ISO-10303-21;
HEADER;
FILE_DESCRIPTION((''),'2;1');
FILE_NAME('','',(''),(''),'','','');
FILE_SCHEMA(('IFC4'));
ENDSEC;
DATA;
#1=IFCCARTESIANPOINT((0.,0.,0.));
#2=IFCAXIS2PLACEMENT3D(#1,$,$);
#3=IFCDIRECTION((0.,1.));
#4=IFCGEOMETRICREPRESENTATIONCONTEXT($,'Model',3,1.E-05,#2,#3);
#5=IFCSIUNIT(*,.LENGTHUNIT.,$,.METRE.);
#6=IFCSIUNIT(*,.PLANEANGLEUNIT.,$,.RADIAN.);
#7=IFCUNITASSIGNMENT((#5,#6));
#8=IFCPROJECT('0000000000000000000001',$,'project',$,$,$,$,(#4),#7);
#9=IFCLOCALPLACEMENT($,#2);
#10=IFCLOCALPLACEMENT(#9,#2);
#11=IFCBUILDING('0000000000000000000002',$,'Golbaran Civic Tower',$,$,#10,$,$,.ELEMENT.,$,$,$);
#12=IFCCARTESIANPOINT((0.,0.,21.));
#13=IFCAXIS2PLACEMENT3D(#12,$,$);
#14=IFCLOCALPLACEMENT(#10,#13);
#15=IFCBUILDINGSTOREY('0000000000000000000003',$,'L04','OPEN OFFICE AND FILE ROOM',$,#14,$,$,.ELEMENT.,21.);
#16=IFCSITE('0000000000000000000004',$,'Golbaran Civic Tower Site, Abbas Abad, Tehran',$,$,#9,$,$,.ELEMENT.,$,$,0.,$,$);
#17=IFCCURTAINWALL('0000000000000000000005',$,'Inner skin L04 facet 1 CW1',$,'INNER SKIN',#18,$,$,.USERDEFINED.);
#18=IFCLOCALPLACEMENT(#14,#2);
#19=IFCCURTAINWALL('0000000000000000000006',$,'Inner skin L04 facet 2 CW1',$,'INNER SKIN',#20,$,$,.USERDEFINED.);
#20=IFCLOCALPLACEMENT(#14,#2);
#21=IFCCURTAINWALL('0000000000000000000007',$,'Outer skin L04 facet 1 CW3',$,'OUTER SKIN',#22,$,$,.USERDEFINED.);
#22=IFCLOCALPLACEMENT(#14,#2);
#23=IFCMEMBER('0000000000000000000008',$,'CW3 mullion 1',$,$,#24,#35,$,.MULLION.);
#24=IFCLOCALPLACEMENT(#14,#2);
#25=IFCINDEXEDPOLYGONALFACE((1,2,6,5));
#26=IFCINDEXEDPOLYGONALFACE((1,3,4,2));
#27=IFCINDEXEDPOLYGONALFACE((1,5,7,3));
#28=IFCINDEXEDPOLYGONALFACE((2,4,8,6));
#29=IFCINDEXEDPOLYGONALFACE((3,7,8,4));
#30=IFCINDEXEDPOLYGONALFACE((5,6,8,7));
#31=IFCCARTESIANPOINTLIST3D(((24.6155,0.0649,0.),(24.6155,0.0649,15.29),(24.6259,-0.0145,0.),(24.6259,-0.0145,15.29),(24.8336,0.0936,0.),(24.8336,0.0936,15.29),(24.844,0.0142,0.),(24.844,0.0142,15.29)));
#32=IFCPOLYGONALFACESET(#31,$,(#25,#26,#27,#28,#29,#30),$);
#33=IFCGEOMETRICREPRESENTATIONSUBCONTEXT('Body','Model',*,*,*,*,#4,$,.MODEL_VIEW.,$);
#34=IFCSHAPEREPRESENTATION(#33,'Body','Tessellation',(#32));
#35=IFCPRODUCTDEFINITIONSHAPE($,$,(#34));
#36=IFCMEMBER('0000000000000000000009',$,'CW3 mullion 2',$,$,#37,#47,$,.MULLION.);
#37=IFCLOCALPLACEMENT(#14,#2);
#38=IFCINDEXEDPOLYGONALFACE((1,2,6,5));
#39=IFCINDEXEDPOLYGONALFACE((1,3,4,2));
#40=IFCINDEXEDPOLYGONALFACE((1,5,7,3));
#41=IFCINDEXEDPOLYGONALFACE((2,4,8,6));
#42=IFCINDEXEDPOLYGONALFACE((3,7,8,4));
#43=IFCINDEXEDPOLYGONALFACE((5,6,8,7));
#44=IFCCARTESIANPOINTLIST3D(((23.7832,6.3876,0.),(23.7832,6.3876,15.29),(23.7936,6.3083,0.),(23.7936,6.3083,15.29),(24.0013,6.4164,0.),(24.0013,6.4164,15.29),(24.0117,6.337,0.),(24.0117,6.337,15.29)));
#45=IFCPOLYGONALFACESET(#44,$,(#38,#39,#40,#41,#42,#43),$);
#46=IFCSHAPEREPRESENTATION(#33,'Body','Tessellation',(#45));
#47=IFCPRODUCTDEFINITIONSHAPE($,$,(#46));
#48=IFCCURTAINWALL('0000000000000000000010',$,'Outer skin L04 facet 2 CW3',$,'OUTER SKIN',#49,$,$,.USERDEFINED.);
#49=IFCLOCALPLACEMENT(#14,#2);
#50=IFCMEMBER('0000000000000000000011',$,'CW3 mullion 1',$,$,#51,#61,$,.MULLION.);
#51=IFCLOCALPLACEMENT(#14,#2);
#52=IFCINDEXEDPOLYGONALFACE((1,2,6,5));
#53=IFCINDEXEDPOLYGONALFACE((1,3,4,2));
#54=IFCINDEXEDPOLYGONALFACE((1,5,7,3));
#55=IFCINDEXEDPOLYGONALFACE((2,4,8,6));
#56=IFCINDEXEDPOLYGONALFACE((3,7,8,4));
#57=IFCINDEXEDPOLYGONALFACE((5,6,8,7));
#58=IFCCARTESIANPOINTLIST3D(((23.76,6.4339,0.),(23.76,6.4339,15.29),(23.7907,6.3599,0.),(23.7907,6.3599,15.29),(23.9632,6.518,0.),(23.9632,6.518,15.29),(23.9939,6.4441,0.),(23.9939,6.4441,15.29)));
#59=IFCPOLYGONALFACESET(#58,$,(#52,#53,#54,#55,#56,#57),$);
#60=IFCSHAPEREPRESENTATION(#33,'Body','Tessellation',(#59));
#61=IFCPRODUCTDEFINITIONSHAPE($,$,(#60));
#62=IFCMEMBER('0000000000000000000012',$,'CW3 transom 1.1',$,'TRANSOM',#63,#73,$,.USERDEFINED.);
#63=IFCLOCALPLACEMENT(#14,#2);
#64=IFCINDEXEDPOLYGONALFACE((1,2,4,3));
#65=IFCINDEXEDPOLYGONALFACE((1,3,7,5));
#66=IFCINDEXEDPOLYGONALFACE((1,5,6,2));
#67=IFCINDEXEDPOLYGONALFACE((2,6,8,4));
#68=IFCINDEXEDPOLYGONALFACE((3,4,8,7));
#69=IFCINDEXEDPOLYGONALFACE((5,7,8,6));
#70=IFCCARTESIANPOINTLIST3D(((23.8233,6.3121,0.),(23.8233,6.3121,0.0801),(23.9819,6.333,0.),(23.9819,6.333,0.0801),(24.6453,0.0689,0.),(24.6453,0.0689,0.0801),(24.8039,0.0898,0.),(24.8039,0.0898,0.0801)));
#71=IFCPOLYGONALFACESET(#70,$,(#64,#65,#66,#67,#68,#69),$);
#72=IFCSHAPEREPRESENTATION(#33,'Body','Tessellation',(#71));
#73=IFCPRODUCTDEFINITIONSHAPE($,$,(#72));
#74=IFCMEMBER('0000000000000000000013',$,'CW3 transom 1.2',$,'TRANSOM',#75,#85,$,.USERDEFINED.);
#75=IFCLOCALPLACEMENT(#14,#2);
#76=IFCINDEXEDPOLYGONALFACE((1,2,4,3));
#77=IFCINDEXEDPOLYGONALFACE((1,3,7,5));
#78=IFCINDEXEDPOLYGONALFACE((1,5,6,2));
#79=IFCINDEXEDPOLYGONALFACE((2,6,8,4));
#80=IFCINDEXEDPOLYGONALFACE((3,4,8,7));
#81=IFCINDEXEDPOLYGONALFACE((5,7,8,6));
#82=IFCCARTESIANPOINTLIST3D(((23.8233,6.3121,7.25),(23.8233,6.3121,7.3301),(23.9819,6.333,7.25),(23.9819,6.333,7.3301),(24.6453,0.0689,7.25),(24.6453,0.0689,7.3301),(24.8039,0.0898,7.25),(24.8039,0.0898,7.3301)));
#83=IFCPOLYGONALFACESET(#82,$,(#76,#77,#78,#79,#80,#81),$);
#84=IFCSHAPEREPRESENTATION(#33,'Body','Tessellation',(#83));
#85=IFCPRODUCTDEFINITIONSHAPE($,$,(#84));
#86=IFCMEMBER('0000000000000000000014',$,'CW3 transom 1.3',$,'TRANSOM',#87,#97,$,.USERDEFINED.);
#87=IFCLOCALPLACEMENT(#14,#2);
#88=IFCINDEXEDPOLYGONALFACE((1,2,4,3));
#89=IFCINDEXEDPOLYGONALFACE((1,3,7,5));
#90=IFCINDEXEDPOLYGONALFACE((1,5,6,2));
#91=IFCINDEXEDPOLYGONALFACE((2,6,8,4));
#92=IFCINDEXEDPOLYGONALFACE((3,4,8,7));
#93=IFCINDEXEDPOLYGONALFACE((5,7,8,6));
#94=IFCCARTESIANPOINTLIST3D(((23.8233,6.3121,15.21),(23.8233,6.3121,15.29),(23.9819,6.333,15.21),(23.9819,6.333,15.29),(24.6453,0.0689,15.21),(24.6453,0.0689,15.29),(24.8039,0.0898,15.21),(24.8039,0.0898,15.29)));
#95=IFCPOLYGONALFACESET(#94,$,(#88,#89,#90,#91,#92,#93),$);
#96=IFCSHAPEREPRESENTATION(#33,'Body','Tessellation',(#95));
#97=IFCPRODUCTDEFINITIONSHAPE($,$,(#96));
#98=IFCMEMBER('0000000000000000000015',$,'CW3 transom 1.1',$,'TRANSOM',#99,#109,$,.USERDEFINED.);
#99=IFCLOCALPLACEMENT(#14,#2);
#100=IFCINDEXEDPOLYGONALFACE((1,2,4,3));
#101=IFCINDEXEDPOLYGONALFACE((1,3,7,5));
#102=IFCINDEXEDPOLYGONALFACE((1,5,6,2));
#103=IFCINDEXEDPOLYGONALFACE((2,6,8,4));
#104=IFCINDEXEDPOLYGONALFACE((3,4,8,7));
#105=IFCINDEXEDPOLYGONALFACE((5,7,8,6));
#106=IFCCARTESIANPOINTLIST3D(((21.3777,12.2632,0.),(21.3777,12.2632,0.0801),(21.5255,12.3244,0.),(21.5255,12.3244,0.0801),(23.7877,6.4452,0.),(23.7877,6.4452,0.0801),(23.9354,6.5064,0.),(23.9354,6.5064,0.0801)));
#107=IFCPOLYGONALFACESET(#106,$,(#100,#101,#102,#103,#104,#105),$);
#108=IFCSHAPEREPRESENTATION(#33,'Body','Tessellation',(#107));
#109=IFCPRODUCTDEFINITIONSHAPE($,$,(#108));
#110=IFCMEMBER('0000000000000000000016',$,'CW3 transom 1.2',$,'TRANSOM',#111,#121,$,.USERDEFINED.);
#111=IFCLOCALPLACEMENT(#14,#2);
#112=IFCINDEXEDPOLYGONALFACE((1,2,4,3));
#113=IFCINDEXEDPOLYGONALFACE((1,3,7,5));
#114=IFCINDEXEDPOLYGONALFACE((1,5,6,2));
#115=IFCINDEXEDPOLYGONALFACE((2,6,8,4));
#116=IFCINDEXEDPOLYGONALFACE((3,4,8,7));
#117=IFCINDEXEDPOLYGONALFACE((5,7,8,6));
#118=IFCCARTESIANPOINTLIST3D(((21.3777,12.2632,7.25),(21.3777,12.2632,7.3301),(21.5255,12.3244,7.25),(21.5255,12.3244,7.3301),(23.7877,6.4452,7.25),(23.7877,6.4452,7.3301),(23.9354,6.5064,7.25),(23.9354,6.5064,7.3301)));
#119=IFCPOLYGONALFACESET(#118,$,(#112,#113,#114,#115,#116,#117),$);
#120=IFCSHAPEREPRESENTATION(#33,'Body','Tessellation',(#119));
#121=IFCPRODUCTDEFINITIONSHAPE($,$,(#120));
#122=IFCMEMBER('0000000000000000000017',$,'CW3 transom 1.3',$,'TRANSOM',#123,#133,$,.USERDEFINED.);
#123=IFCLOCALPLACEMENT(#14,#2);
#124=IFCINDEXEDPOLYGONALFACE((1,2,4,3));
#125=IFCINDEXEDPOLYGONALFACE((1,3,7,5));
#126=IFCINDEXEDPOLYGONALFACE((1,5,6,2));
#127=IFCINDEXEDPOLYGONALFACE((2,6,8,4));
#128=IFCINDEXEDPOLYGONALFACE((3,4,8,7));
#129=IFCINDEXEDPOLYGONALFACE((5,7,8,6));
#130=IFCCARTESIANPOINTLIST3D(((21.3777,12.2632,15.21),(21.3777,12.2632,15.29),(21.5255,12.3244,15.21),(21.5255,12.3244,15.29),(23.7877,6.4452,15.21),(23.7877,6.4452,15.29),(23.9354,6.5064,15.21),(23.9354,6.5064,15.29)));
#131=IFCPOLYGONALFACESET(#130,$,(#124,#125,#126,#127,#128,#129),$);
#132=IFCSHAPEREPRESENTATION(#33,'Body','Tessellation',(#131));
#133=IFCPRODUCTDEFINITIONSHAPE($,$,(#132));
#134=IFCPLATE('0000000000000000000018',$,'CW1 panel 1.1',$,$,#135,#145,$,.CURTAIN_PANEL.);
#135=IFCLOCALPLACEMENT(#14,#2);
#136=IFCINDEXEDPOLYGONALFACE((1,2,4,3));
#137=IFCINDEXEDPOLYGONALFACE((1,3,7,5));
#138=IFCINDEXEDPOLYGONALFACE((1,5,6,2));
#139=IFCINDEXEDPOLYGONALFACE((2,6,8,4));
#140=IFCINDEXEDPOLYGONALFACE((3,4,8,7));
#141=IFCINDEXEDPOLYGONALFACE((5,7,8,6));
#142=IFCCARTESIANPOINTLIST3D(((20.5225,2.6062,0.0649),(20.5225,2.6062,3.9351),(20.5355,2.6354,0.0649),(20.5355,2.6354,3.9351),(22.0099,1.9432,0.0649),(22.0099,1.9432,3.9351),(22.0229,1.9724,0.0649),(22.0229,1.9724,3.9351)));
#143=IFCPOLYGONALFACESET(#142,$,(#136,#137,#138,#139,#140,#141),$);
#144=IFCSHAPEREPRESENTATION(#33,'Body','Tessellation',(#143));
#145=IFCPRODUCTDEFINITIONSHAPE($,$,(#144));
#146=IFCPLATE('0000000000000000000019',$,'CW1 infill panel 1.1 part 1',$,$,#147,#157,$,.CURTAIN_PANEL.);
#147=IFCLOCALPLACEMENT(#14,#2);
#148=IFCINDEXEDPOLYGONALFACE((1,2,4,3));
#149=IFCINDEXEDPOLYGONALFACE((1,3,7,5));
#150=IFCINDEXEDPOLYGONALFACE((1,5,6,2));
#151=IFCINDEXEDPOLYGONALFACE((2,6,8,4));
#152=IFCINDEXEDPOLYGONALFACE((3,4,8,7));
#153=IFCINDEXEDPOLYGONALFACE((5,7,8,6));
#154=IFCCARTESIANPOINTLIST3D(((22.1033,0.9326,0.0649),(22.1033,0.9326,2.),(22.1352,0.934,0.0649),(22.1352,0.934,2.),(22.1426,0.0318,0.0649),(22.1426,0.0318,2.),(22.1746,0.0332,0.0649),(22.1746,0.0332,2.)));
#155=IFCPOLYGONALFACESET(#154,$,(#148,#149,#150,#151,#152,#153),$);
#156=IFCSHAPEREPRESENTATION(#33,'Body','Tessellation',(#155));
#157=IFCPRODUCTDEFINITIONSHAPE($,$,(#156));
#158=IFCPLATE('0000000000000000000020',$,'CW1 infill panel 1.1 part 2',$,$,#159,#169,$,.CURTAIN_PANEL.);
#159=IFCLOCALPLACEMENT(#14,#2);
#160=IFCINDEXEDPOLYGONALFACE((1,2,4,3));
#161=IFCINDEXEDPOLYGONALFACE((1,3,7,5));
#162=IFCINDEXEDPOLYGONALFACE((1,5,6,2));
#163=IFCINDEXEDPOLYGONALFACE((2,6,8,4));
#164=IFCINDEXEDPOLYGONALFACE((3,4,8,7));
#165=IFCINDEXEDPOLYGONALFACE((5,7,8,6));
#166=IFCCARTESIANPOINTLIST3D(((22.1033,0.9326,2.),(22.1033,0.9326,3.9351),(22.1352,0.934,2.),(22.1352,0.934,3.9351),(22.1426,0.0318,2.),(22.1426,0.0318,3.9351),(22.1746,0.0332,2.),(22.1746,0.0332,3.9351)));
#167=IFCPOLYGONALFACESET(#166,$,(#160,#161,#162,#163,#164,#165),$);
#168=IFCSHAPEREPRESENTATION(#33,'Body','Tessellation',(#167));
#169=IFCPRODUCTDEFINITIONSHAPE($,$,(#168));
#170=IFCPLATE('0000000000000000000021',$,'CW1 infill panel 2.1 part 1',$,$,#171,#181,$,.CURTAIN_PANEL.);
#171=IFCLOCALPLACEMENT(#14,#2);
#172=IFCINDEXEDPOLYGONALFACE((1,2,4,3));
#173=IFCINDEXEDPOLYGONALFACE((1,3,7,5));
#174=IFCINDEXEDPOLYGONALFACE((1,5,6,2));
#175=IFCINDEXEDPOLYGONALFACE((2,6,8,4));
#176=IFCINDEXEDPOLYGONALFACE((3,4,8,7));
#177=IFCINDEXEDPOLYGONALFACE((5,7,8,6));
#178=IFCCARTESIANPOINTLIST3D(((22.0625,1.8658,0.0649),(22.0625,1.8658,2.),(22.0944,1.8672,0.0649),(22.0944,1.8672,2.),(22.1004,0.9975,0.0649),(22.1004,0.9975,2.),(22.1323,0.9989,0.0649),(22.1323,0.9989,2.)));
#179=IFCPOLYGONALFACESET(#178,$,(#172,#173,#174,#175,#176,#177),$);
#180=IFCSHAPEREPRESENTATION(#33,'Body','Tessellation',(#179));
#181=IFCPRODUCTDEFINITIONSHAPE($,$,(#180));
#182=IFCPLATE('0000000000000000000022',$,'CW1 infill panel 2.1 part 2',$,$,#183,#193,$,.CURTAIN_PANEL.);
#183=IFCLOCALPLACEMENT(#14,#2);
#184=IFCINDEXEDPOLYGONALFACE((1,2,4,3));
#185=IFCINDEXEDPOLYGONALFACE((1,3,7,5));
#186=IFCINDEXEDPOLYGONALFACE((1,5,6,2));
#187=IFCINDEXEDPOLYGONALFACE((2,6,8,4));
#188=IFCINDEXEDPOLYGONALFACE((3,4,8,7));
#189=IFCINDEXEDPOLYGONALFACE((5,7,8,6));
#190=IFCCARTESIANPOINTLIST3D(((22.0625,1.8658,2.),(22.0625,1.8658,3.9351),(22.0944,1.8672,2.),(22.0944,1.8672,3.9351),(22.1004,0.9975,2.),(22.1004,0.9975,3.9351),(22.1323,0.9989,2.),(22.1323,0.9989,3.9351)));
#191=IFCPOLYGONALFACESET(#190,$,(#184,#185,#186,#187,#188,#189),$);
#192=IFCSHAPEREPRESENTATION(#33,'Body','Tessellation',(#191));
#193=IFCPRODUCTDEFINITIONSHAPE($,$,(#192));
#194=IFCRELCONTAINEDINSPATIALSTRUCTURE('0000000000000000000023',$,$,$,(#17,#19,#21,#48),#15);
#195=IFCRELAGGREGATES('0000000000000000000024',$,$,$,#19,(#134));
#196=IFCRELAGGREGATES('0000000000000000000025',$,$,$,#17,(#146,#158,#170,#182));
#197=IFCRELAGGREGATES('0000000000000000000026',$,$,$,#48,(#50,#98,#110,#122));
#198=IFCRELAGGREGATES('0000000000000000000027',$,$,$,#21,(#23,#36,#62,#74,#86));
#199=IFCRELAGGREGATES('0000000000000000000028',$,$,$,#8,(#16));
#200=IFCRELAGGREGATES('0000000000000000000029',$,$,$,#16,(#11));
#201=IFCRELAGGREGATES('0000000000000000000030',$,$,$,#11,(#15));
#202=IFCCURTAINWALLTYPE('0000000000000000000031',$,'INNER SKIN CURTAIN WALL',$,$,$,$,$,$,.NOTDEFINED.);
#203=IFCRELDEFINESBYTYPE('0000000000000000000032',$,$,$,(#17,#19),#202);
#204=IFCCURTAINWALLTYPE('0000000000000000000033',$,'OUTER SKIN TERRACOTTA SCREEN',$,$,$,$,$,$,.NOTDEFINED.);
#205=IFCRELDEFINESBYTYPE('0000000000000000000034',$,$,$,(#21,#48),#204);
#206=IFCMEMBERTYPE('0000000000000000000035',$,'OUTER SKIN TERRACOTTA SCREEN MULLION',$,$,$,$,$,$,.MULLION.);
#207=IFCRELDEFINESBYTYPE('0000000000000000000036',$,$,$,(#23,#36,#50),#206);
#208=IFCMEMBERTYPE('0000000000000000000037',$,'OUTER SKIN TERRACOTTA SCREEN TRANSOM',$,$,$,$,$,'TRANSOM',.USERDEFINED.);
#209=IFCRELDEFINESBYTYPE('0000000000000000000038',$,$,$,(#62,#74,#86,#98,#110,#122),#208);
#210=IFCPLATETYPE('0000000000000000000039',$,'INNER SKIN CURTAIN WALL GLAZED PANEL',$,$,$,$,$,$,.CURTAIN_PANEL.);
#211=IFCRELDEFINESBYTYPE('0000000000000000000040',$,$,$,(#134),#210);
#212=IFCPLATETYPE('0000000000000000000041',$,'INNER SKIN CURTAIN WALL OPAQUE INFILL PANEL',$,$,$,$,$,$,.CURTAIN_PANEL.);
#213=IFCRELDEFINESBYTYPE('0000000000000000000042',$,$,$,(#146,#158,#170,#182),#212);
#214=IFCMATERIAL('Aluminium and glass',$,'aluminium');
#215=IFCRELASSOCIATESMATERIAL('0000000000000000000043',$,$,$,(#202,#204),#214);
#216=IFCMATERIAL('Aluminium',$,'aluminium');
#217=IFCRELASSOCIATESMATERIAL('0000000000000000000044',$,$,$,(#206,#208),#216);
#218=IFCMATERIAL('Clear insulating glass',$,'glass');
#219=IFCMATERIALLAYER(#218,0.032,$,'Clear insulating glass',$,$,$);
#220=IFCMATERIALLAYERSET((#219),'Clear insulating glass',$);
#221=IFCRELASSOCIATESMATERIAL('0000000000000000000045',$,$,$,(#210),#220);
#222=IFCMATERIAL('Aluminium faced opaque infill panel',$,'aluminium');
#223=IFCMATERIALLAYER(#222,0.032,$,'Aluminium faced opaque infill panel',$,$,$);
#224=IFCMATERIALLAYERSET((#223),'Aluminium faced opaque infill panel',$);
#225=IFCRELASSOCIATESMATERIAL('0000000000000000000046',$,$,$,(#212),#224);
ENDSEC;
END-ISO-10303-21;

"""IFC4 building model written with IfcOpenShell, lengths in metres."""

from ifc_helpers import new_model, si_unit, direction, frame, origin, origin_2d, place, context, subcontext, project, spatial, rectangle, extrude, material, layer, layer_set, material_profile, profile_set, type_object, element, aggregate, save


model = new_model("IFC4")

# Units and contexts
model_context = context("Model", 3, precision=1e-05, world=origin(), true_north=direction((0.0, 1.0)))
body_context = subcontext(model_context, "Body", "Model", "MODEL_VIEW")
ifc_project = project(units=[si_unit("LENGTHUNIT", "METRE"), si_unit("PLANEANGLEUNIT", "RADIAN")], contexts=[model_context])

# Site, building, storey
site_placement = place(None, origin())
site = spatial("IfcSite", under=ifc_project, at=site_placement, Name="Golbaran Civic Tower Site, Abbas Abad, Tehran", CompositionType="ELEMENT", RefElevation=0.0)
building_placement = place(site_placement, origin())
building = spatial("IfcBuilding", under=site, at=building_placement, Name="Golbaran Civic Tower", CompositionType="ELEMENT")
storey_placement = place(building_placement, frame((0.0, 0.0, 21.0)))
storey = spatial("IfcBuildingStorey", under=building, at=storey_placement, Name="L04", Description="OPEN OFFICE AND FILE ROOM", CompositionType="ELEMENT", Elevation=21.0)

# Curtain wall
ifc_material_1 = material(Name="Aluminium and glass", Category="aluminium")
curtain_wall_type_1 = type_object("IfcCurtainWallType", Name="INNER SKIN CURTAIN WALL", PredefinedType="NOTDEFINED", material=ifc_material_1)
curtain_wall_1_placement = place(storey_placement, origin())
curtain_wall_1 = element("IfcCurtainWall", 1, at=curtain_wall_1_placement, inside=storey, type_object=curtain_wall_type_1, Name="Inner skin L04 facet 1 CW1", ObjectType="INNER SKIN", PredefinedType="USERDEFINED")
ifc_material_2 = material(Name="Aluminium", Category="aluminium")

# Curtain wall
curtain_wall_2_placement = place(storey_placement, origin())
curtain_wall_2 = element("IfcCurtainWall", 2, at=curtain_wall_2_placement, inside=storey, type_object=curtain_wall_type_1, Name="Inner skin L04 facet 2 CW1", ObjectType="INNER SKIN", PredefinedType="USERDEFINED")

# Curtain wall, members
curtain_wall_type_2 = type_object("IfcCurtainWallType", Name="OUTER SKIN TERRACOTTA SCREEN", PredefinedType="NOTDEFINED", material=ifc_material_1)
curtain_wall_3_placement = place(storey_placement, origin())
curtain_wall_3 = element("IfcCurtainWall", 3, at=curtain_wall_3_placement, inside=storey, type_object=curtain_wall_type_2, Name="Outer skin L04 facet 1 CW3", ObjectType="OUTER SKIN", PredefinedType="USERDEFINED")
ifc_material_profile_1 = material_profile(ifc_material_2, rectangle(XDim=0.22, YDim=0.0801, at=origin_2d()), Name="OUTER SKIN TERRACOTTA SCREEN MULLION")
ifc_profile_set_1 = profile_set([ifc_material_profile_1], Name="Aluminium")
member_type_1 = type_object("IfcMemberType", Name="OUTER SKIN TERRACOTTA SCREEN MULLION", PredefinedType="MULLION", material=ifc_profile_set_1)
member_1_placement = place(storey_placement, frame((24.7297, 0.0396, 0.0), z_axis=(0.0, 0.0, 1.0), x_axis=(-0.991445, -0.130526, 0.0)))
member_1 = element("IfcMember", 4, at=member_1_placement, type_object=member_type_1, Name="CW3 mullion 1", PredefinedType="MULLION", context=body_context, shape_type="SweptSolid", body=[
    extrude(rectangle(XDim=0.22, YDim=0.0801, at=origin_2d()), origin(), (0.0, 0.0, 1.0), 15.29),
])
member_2_placement = place(storey_placement, frame((23.8975, 6.3623, 0.0), z_axis=(0.0, 0.0, 1.0), x_axis=(-0.991445, -0.130526, 0.0)))
member_2 = element("IfcMember", 5, at=member_2_placement, type_object=member_type_1, Name="CW3 mullion 2", PredefinedType="MULLION", context=body_context, shape_type="SweptSolid", body=[
    extrude(rectangle(XDim=0.22, YDim=0.0801, at=origin_2d()), origin(), (0.0, 0.0, 1.0), 15.29),
])

# Curtain wall, member
curtain_wall_4_placement = place(storey_placement, origin())
curtain_wall_4 = element("IfcCurtainWall", 6, at=curtain_wall_4_placement, inside=storey, type_object=curtain_wall_type_2, Name="Outer skin L04 facet 2 CW3", ObjectType="OUTER SKIN", PredefinedType="USERDEFINED")
member_3_placement = place(storey_placement, frame((23.877, 6.439, 0.0), z_axis=(0.0, 0.0, 1.0), x_axis=(-0.92388, -0.382683, 0.0)))
member_3 = element("IfcMember", 7, at=member_3_placement, type_object=member_type_1, Name="CW3 mullion 1", PredefinedType="MULLION", context=body_context, shape_type="SweptSolid", body=[
    extrude(rectangle(XDim=0.22, YDim=0.0801, at=origin_2d()), origin(), (0.0, 0.0, 1.0), 15.29),
])

# Members
ifc_material_profile_2 = material_profile(ifc_material_2, rectangle(XDim=0.1599, YDim=0.0801, at=origin_2d()), Name="OUTER SKIN TERRACOTTA SCREEN TRANSOM")
ifc_profile_set_2 = profile_set([ifc_material_profile_2], Name="Aluminium")
member_type_2 = type_object("IfcMemberType", Name="OUTER SKIN TERRACOTTA SCREEN TRANSOM", ElementType="TRANSOM", PredefinedType="USERDEFINED", material=ifc_profile_set_2)
member_4_placement = place(storey_placement, frame((24.7246, 0.0793, 0.04), z_axis=(-0.130541, 0.991443, 0.0), x_axis=(-0.991443, -0.130541, 0.0)))
member_4 = element("IfcMember", 8, at=member_4_placement, type_object=member_type_2, Name="CW3 transom 1.1", ObjectType="TRANSOM", PredefinedType="USERDEFINED", context=body_context, shape_type="SweptSolid", body=[
    extrude(rectangle(XDim=0.1599, YDim=0.0801, at=origin_2d()), origin(), (0.0, 0.0, 1.0), 6.2971),
])
member_5_placement = place(storey_placement, frame((24.7246, 0.0793, 7.29), z_axis=(-0.130541, 0.991443, 0.0), x_axis=(-0.991443, -0.130541, 0.0)))
member_5 = element("IfcMember", 9, at=member_5_placement, type_object=member_type_2, Name="CW3 transom 1.2", ObjectType="TRANSOM", PredefinedType="USERDEFINED", context=body_context, shape_type="SweptSolid", body=[
    extrude(rectangle(XDim=0.1599, YDim=0.0801, at=origin_2d()), origin(), (0.0, 0.0, 1.0), 6.2971),
])
member_6_placement = place(storey_placement, frame((24.7246, 0.0793, 15.25), z_axis=(-0.130541, 0.991443, 0.0), x_axis=(-0.991443, -0.130541, 0.0)))
member_6 = element("IfcMember", 10, at=member_6_placement, type_object=member_type_2, Name="CW3 transom 1.3", ObjectType="TRANSOM", PredefinedType="USERDEFINED", context=body_context, shape_type="SweptSolid", body=[
    extrude(rectangle(XDim=0.1599, YDim=0.0801, at=origin_2d()), origin(), (0.0, 0.0, 1.0), 6.2971),
])
member_7_placement = place(storey_placement, frame((23.8616, 6.4758, 0.04), z_axis=(-0.382693, 0.923876, 0.0), x_axis=(-0.923876, -0.382693, 0.0)))
member_7 = element("IfcMember", 11, at=member_7_placement, type_object=member_type_2, Name="CW3 transom 1.1", ObjectType="TRANSOM", PredefinedType="USERDEFINED", context=body_context, shape_type="SweptSolid", body=[
    extrude(rectangle(XDim=0.1599, YDim=0.0801, at=origin_2d()), origin(), (0.0, 0.0, 1.0), 6.2974),
])
member_8_placement = place(storey_placement, frame((23.8616, 6.4758, 7.29), z_axis=(-0.382693, 0.923876, 0.0), x_axis=(-0.923876, -0.382693, 0.0)))
member_8 = element("IfcMember", 12, at=member_8_placement, type_object=member_type_2, Name="CW3 transom 1.2", ObjectType="TRANSOM", PredefinedType="USERDEFINED", context=body_context, shape_type="SweptSolid", body=[
    extrude(rectangle(XDim=0.1599, YDim=0.0801, at=origin_2d()), origin(), (0.0, 0.0, 1.0), 6.2974),
])
member_9_placement = place(storey_placement, frame((23.8616, 6.4758, 15.25), z_axis=(-0.382693, 0.923876, 0.0), x_axis=(-0.923876, -0.382693, 0.0)))
member_9 = element("IfcMember", 13, at=member_9_placement, type_object=member_type_2, Name="CW3 transom 1.3", ObjectType="TRANSOM", PredefinedType="USERDEFINED", context=body_context, shape_type="SweptSolid", body=[
    extrude(rectangle(XDim=0.1599, YDim=0.0801, at=origin_2d()), origin(), (0.0, 0.0, 1.0), 6.2974),
])

# Plates
ifc_material_3 = material(Name="Clear insulating glass", Category="glass")
ifc_layer_1 = layer(ifc_material_3, 0.032, Name="Clear insulating glass")
ifc_layer_set_1 = layer_set([ifc_layer_1], Name="Clear insulating glass")
plate_type_1 = type_object("IfcPlateType", Name="INNER SKIN CURTAIN WALL GLAZED PANEL", PredefinedType="CURTAIN_PANEL", material=ifc_layer_set_1)
plate_1_placement = place(storey_placement, frame((21.2727, 2.2893, 0.0649), z_axis=(0.0, 0.0, 1.0), x_axis=(-0.913367, 0.407136, 0.0)))
plate_1 = element("IfcPlate", 14, at=plate_1_placement, type_object=plate_type_1, Name="CW1 panel 1.1", PredefinedType="CURTAIN_PANEL", context=body_context, shape_type="SweptSolid", body=[
    extrude(rectangle(XDim=1.6284, YDim=0.032, at=origin_2d()), origin(), (0.0, 0.0, 1.0), 3.8701),
])
aggregate(curtain_wall_2, [plate_1])
ifc_material_4 = material(Name="Aluminium faced opaque infill panel", Category="aluminium")
ifc_layer_2 = layer(ifc_material_4, 0.032, Name="Aluminium faced opaque infill panel")
ifc_layer_set_2 = layer_set([ifc_layer_2], Name="Aluminium faced opaque infill panel")
plate_type_2 = type_object("IfcPlateType", Name="INNER SKIN CURTAIN WALL OPAQUE INFILL PANEL", PredefinedType="CURTAIN_PANEL", material=ifc_layer_set_2)
plate_2_placement = place(storey_placement, frame((22.1389, 0.4829, 0.0649), z_axis=(0.0, 0.0, 1.0), x_axis=(-0.043619, 0.999048, 0.0)))
plate_2 = element("IfcPlate", 15, at=plate_2_placement, type_object=plate_type_2, Name="CW1 infill panel 1.1 part 1", PredefinedType="CURTAIN_PANEL", context=body_context, shape_type="SweptSolid", body=[
    extrude(rectangle(XDim=0.9016, YDim=0.032, at=origin_2d()), origin(), (0.0, 0.0, 1.0), 1.9351),
])
plate_3_placement = place(storey_placement, frame((22.1389, 0.4829, 2.0), z_axis=(0.0, 0.0, 1.0), x_axis=(-0.043619, 0.999048, 0.0)))
plate_3 = element("IfcPlate", 16, at=plate_3_placement, type_object=plate_type_2, Name="CW1 infill panel 1.1 part 2", PredefinedType="CURTAIN_PANEL", context=body_context, shape_type="SweptSolid", body=[
    extrude(rectangle(XDim=0.9016, YDim=0.032, at=origin_2d()), origin(), (0.0, 0.0, 1.0), 1.9351),
])
plate_4_placement = place(storey_placement, frame((22.0974, 1.4324, 0.0649), z_axis=(0.0, 0.0, 1.0), x_axis=(-0.043619, 0.999048, 0.0)))
plate_4 = element("IfcPlate", 17, at=plate_4_placement, type_object=plate_type_2, Name="CW1 infill panel 2.1 part 1", PredefinedType="CURTAIN_PANEL", context=body_context, shape_type="SweptSolid", body=[
    extrude(rectangle(XDim=0.8691, YDim=0.032, at=origin_2d()), origin(), (0.0, 0.0, 1.0), 1.9351),
])
plate_5_placement = place(storey_placement, frame((22.0974, 1.4324, 2.0), z_axis=(0.0, 0.0, 1.0), x_axis=(-0.043619, 0.999048, 0.0)))
plate_5 = element("IfcPlate", 18, at=plate_5_placement, type_object=plate_type_2, Name="CW1 infill panel 2.1 part 2", PredefinedType="CURTAIN_PANEL", context=body_context, shape_type="SweptSolid", body=[
    extrude(rectangle(XDim=0.8691, YDim=0.032, at=origin_2d()), origin(), (0.0, 0.0, 1.0), 1.9351),
])
aggregate(curtain_wall_1, [plate_2, plate_3, plate_4, plate_5])
aggregate(curtain_wall_4, [member_3, member_7, member_8, member_9])
aggregate(curtain_wall_3, [member_1, member_2, member_4, member_5, member_6])

save(model, "model.ifc")
